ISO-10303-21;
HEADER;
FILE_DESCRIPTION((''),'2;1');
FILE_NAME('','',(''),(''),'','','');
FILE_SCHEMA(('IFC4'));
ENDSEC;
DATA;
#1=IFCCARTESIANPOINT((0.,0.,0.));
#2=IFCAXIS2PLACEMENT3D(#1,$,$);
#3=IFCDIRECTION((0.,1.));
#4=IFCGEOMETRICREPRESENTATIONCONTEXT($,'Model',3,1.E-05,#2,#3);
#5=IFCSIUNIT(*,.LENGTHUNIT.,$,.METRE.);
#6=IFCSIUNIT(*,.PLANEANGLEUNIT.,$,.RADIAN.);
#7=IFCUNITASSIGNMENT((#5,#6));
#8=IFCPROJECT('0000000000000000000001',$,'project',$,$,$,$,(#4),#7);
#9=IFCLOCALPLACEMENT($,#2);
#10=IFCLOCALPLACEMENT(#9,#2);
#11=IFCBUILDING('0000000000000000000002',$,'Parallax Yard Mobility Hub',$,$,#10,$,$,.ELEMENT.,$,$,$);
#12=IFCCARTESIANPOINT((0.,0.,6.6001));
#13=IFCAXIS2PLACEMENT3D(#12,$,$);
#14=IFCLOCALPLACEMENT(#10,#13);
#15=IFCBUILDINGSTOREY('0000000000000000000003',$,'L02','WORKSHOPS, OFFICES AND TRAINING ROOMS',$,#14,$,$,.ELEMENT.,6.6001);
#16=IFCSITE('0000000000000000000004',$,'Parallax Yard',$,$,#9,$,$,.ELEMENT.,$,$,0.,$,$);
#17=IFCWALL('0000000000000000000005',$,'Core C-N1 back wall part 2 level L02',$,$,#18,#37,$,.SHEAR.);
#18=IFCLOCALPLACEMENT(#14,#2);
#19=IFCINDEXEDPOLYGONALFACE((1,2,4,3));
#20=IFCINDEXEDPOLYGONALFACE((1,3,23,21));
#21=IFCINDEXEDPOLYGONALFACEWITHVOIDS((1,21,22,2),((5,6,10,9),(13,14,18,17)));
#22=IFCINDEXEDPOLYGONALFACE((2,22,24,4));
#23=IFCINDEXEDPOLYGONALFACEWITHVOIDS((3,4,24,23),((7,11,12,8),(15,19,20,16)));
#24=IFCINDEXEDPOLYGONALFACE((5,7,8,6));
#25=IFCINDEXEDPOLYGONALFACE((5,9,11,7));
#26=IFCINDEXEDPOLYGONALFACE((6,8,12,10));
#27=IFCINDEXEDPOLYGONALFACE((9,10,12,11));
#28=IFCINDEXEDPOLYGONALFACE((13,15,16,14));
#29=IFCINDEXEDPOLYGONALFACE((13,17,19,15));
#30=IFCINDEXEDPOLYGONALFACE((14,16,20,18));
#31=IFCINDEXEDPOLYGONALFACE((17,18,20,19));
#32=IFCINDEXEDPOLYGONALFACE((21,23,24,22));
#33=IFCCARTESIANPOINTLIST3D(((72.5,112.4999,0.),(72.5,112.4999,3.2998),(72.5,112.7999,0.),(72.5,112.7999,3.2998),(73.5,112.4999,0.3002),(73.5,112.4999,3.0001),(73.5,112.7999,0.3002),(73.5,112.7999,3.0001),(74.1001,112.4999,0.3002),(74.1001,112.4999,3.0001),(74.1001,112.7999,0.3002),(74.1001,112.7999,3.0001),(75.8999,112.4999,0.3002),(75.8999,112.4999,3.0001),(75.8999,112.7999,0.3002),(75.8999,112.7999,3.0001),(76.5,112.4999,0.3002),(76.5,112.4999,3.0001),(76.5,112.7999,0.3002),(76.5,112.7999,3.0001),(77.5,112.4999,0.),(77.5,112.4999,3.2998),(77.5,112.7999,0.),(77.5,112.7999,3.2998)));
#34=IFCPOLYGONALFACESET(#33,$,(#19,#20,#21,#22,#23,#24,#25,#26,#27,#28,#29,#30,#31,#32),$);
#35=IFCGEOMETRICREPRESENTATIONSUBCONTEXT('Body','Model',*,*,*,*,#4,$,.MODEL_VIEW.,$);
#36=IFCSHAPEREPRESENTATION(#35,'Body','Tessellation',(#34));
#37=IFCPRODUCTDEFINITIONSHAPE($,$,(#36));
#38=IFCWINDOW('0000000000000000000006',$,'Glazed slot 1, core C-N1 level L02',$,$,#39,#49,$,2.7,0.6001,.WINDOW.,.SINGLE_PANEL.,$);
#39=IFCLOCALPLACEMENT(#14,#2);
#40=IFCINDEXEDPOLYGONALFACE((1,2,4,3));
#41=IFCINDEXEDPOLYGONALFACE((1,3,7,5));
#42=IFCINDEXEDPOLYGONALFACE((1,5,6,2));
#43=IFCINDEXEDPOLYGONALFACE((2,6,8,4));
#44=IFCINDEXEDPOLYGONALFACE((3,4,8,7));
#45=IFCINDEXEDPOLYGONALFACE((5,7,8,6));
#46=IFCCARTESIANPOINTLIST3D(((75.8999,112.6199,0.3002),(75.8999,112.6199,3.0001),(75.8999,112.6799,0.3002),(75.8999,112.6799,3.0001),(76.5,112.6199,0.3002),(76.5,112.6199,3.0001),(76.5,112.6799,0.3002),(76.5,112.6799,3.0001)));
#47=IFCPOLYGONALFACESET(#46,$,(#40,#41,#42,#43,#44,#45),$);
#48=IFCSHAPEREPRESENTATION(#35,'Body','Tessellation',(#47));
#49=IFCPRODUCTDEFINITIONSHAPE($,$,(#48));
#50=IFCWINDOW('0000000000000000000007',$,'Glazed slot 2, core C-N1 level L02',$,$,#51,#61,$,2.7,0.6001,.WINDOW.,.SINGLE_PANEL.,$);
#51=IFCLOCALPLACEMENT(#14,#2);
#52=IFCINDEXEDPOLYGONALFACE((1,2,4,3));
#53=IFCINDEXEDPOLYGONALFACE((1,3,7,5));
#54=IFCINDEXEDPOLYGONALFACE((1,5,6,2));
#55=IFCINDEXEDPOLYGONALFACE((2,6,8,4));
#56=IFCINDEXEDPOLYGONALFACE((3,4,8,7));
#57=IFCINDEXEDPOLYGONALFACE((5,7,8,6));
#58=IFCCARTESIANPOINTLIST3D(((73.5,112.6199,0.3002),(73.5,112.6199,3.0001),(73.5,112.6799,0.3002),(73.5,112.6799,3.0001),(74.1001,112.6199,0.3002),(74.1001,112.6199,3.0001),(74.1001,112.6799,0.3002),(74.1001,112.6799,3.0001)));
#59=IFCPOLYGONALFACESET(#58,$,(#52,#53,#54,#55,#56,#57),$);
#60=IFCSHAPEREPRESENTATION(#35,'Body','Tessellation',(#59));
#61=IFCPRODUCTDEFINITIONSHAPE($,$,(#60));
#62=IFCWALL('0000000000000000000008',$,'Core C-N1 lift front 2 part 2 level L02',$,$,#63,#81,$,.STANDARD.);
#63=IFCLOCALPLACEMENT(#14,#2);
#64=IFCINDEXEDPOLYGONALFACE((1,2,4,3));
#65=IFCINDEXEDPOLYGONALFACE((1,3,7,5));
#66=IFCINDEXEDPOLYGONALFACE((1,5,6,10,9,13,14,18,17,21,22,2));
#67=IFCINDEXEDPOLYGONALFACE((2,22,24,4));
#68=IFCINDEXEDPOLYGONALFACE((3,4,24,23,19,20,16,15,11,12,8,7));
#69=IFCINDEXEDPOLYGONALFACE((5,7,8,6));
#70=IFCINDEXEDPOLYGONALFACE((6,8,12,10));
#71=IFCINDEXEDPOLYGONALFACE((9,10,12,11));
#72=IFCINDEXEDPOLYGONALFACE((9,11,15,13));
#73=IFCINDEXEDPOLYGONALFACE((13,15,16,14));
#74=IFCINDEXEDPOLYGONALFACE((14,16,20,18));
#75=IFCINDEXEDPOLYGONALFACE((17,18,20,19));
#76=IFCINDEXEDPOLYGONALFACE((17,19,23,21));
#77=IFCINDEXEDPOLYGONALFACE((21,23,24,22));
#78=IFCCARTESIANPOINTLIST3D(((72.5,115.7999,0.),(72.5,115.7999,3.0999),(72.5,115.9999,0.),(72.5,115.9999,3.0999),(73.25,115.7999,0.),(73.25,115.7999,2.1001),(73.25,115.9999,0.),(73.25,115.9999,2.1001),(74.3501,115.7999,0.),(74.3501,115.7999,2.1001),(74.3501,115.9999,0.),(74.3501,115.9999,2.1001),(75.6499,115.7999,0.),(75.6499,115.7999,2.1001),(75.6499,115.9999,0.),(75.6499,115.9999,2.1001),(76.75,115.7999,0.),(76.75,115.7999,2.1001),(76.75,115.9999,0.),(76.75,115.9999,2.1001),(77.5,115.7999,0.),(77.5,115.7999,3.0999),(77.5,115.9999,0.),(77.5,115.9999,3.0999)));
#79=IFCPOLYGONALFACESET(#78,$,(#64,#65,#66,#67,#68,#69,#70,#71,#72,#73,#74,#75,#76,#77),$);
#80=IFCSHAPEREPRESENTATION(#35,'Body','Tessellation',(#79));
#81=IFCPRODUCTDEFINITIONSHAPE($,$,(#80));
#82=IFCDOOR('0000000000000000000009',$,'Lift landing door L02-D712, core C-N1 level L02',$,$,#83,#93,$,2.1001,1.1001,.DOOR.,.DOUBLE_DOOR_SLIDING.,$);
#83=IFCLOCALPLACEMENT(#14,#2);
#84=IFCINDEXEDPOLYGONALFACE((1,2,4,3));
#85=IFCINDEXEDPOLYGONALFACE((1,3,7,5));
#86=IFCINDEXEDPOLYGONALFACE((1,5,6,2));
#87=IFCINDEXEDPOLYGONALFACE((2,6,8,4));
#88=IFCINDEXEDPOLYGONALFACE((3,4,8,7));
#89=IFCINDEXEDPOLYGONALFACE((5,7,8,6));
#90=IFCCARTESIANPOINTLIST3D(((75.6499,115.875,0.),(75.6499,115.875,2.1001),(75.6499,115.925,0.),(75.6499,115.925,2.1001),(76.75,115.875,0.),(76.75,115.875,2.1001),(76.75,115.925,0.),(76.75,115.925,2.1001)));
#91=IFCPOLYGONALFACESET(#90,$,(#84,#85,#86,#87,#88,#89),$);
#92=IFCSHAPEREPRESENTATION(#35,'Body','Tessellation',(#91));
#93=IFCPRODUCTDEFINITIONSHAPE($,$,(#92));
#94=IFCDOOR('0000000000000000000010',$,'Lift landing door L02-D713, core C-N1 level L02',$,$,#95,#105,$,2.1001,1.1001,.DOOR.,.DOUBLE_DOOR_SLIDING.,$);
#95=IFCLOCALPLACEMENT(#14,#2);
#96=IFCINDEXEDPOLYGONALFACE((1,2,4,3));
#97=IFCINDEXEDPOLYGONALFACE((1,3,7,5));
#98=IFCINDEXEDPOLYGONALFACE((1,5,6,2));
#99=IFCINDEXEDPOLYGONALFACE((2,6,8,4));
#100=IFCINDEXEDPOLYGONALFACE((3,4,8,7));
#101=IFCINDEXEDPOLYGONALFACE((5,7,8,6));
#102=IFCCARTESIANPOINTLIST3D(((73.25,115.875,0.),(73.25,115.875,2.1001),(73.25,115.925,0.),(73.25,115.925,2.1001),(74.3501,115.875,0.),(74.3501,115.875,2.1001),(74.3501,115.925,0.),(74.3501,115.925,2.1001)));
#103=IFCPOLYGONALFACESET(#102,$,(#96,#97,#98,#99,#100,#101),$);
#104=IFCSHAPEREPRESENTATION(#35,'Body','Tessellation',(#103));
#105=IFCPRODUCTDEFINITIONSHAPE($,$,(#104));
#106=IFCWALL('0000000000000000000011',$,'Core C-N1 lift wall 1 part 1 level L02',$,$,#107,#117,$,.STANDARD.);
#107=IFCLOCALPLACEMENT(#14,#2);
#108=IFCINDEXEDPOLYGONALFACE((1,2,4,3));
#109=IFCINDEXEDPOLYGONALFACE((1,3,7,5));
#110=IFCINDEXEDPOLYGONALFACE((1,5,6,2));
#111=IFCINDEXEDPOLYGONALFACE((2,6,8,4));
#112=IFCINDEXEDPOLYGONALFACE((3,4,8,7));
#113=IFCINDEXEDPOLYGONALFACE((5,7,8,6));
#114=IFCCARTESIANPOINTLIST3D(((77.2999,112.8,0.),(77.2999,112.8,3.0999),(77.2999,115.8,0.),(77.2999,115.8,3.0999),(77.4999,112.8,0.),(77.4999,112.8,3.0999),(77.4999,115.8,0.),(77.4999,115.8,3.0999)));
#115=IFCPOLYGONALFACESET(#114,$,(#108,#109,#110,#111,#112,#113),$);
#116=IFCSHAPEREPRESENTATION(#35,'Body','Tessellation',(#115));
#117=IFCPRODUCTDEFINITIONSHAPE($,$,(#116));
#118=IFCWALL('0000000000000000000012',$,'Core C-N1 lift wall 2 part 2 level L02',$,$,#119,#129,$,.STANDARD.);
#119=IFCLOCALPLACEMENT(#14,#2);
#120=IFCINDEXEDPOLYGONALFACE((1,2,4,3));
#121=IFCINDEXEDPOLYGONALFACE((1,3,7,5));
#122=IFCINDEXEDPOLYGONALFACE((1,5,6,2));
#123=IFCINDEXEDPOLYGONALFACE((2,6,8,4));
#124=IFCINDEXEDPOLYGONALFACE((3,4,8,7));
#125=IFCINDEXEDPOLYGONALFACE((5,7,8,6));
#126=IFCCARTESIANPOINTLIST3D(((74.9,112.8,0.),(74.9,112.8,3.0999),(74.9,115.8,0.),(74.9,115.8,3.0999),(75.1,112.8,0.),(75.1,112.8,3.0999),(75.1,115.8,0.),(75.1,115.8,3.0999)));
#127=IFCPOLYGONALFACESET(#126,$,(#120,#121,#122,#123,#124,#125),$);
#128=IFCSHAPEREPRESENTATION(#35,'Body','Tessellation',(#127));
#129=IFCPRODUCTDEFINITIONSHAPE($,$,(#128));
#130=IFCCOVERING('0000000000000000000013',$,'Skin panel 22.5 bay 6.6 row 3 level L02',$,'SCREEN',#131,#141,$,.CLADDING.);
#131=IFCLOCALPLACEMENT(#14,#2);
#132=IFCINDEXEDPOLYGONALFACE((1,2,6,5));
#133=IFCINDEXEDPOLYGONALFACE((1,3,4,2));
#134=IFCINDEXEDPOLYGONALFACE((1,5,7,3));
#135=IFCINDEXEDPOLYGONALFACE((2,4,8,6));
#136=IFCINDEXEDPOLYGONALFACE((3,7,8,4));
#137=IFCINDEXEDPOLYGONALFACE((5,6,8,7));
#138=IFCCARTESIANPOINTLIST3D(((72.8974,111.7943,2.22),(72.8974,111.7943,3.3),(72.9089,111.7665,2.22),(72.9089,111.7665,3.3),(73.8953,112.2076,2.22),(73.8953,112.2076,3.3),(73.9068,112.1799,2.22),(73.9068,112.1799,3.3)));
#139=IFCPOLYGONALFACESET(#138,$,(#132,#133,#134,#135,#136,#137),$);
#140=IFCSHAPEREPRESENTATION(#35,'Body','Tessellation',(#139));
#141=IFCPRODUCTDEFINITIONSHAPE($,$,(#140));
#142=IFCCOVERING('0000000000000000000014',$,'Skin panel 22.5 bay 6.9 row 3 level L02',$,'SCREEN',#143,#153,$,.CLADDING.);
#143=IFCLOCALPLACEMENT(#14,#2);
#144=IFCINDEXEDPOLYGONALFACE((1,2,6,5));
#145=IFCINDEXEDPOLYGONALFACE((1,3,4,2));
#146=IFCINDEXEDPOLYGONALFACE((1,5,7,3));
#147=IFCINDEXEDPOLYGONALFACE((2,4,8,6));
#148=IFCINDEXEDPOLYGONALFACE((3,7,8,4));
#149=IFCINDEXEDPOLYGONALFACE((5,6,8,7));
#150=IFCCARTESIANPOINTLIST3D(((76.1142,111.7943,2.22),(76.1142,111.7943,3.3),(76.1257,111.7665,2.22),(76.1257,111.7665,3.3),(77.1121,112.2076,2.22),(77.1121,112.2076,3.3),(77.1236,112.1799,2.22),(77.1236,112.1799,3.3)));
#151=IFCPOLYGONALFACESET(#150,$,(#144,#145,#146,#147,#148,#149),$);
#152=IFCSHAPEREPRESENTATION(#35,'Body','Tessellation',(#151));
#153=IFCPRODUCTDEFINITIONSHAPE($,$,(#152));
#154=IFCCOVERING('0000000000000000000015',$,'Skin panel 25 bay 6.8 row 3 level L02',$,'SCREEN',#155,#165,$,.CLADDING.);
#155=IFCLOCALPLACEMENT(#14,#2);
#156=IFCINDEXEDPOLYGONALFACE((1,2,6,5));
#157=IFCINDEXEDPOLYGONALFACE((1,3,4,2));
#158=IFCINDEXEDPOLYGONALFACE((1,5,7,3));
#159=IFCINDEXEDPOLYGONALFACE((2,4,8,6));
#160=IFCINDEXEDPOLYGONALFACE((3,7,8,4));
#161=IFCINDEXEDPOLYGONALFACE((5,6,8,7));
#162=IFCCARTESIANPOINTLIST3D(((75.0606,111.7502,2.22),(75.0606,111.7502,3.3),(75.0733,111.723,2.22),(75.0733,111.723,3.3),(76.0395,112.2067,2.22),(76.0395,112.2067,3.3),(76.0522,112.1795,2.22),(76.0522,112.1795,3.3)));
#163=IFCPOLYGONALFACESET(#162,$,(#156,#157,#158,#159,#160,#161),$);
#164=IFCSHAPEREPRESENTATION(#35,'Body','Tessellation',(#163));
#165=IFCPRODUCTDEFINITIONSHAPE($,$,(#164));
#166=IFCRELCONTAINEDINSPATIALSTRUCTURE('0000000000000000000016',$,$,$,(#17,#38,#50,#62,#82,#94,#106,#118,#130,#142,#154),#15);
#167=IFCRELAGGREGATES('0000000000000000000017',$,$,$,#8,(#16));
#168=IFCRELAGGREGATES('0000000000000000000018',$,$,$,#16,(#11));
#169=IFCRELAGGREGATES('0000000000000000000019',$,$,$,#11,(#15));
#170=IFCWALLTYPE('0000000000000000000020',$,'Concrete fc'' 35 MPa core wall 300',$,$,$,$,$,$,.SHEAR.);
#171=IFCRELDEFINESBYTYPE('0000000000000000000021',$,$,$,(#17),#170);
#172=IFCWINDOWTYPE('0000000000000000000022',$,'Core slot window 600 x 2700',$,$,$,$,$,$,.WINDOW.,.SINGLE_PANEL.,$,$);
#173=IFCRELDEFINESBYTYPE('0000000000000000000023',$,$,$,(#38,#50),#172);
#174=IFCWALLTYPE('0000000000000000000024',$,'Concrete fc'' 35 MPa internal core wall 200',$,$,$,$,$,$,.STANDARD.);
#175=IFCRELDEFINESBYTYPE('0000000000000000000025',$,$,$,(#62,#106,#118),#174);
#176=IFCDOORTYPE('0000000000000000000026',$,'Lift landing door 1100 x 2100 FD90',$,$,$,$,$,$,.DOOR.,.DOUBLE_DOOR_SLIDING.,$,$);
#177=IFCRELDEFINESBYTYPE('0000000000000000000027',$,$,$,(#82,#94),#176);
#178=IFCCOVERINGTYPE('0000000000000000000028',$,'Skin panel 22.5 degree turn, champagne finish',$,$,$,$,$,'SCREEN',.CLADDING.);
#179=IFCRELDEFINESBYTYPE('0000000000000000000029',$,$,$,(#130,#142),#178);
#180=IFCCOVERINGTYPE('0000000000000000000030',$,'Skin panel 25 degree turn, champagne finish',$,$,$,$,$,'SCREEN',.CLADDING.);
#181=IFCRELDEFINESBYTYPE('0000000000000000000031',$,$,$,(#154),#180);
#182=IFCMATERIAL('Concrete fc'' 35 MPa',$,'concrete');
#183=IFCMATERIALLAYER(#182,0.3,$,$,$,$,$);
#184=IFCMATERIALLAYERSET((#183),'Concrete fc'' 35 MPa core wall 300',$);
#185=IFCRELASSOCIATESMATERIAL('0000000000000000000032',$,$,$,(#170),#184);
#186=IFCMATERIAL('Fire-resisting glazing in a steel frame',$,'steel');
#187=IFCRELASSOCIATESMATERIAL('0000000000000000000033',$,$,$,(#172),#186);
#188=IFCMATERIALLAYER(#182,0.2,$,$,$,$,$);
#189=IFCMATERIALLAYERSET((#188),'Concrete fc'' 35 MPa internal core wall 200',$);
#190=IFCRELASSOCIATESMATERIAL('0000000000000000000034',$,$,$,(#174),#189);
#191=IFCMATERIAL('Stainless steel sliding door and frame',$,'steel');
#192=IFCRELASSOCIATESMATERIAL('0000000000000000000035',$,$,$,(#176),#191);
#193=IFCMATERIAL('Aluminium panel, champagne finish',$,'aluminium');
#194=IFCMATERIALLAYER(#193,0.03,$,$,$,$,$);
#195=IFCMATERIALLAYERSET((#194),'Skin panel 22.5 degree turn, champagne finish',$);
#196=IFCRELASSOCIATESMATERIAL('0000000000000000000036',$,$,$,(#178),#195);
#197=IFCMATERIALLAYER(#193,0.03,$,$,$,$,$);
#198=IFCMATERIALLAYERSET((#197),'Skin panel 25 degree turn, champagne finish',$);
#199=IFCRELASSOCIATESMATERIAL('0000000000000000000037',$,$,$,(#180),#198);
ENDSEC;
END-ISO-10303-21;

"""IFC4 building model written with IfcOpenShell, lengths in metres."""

from ifc_helpers import new_model, si_unit, direction, frame, frame_2d, origin, origin_2d, place, context, subcontext, project, spatial, rectangle, extrude, material, layer, layer_set, type_object, element, fill, save


model = new_model("IFC4")

# Units and contexts
model_context = context("Model", 3, precision=1e-05, world=origin(), true_north=direction((0.0, 1.0)))
body_context = subcontext(model_context, "Body", "Model", "MODEL_VIEW")
ifc_project = project(units=[si_unit("LENGTHUNIT", "METRE"), si_unit("PLANEANGLEUNIT", "RADIAN")], contexts=[model_context])

# Site, building, storey
site_placement = place(None, origin())
site = spatial("IfcSite", under=ifc_project, at=site_placement, Name="Parallax Yard", CompositionType="ELEMENT", RefElevation=0.0)
building_placement = place(site_placement, origin())
building = spatial("IfcBuilding", under=site, at=building_placement, Name="Parallax Yard Mobility Hub", CompositionType="ELEMENT")
storey_placement = place(building_placement, frame((0.0, 0.0, 6.6001)))
storey = spatial("IfcBuildingStorey", under=building, at=storey_placement, Name="L02", Description="WORKSHOPS, OFFICES AND TRAINING ROOMS", CompositionType="ELEMENT", Elevation=6.6001)

# Wall, openings, windows
ifc_material_1 = material(Name="Concrete fc' 35 MPa", Category="concrete")
ifc_layer_1 = layer(ifc_material_1, 0.3)
ifc_layer_set_1 = layer_set([ifc_layer_1], Name="Concrete fc' 35 MPa core wall 300")
wall_type_1 = type_object("IfcWallType", Name="Concrete fc' 35 MPa core wall 300", PredefinedType="SHEAR", material=ifc_layer_set_1)
wall_1_placement = place(storey_placement, frame((77.5, 112.6499, 0.0), z_axis=(0.0, 0.0, 1.0), x_axis=(-1.0, 0.0, 0.0)))
wall_1 = element("IfcWall", 1, at=wall_1_placement, inside=storey, type_object=wall_type_1, Name="Core C-N1 back wall part 2 level L02", PredefinedType="SHEAR", context=body_context, shape_type="SweptSolid", body=[
    extrude(rectangle(XDim=5.0, YDim=0.3, at=frame_2d((2.5, 0.0))), origin(), (0.0, 0.0, 1.0), 3.2998),
])
opening_1_placement = place(wall_1_placement, frame((1.0, 0.0, 0.3)))
opening_1 = element("IfcOpeningElement", 2, at=opening_1_placement, cuts=wall_1, PredefinedType="OPENING", context=body_context, shape_type="SweptSolid", body=[
    extrude(rectangle(XDim=0.6001, YDim=2.7, at=frame_2d((0.3, 1.3501))), frame((0.0, 0.1602, 0.0), z_axis=(0.0, -1.0, 0.0), x_axis=(1.0, 0.0, 0.0)), (0.0, 0.0, 1.0), 0.3201),
])
opening_2_placement = place(wall_1_placement, frame((3.3999, 0.0, 0.3)))
opening_2 = element("IfcOpeningElement", 3, at=opening_2_placement, cuts=wall_1, PredefinedType="OPENING", context=body_context, shape_type="SweptSolid", body=[
    extrude(rectangle(XDim=0.6001, YDim=2.7, at=frame_2d((0.3, 1.3501))), frame((0.0, 0.1602, 0.0), z_axis=(0.0, -1.0, 0.0), x_axis=(1.0, 0.0, 0.0)), (0.0, 0.0, 1.0), 0.3201),
])
ifc_material_2 = material(Name="Fire-resisting glazing in a steel frame", Category="steel")
window_type = type_object("IfcWindowType", Name="Core slot window 600 x 2700", PartitioningType="SINGLE_PANEL", PredefinedType="WINDOW", material=ifc_material_2)
window_1_placement = place(opening_1_placement, origin())
window_1 = element("IfcWindow", 4, at=window_1_placement, inside=storey, type_object=window_type, Name="Glazed slot 1, core C-N1 level L02", OverallHeight=2.7, OverallWidth=0.6001, PartitioningType="SINGLE_PANEL", PredefinedType="WINDOW", context=body_context, shape_type="SweptSolid", body=[
    extrude(rectangle(XDim=0.6001, YDim=2.7, at=frame_2d((0.3, 1.3501))), frame((0.0, 0.03, 0.0), z_axis=(0.0, -1.0, 0.0), x_axis=(1.0, 0.0, 0.0)), (0.0, 0.0, 1.0), 0.0601),
])
fill(opening_1, window_1)
window_2_placement = place(opening_2_placement, origin())
window_2 = element("IfcWindow", 5, at=window_2_placement, inside=storey, type_object=window_type, Name="Glazed slot 2, core C-N1 level L02", OverallHeight=2.7, OverallWidth=0.6001, PartitioningType="SINGLE_PANEL", PredefinedType="WINDOW", context=body_context, shape_type="SweptSolid", body=[
    extrude(rectangle(XDim=0.6001, YDim=2.7, at=frame_2d((0.3, 1.3501))), frame((0.0, 0.03, 0.0), z_axis=(0.0, -1.0, 0.0), x_axis=(1.0, 0.0, 0.0)), (0.0, 0.0, 1.0), 0.0601),
])
fill(opening_2, window_2)

# Wall, openings, doors
ifc_layer_2 = layer(ifc_material_1, 0.2)
ifc_layer_set_2 = layer_set([ifc_layer_2], Name="Concrete fc' 35 MPa internal core wall 200")
wall_type_2 = type_object("IfcWallType", Name="Concrete fc' 35 MPa internal core wall 200", PredefinedType="STANDARD", material=ifc_layer_set_2)
wall_2_placement = place(storey_placement, frame((77.5, 115.8999, 0.0), z_axis=(0.0, 0.0, 1.0), x_axis=(-1.0, 0.0, 0.0)))
wall_2 = element("IfcWall", 6, at=wall_2_placement, inside=storey, type_object=wall_type_2, Name="Core C-N1 lift front 2 part 2 level L02", PredefinedType="STANDARD", context=body_context, shape_type="SweptSolid", body=[
    extrude(rectangle(XDim=5.0, YDim=0.2, at=frame_2d((2.5, 0.0))), origin(), (0.0, 0.0, 1.0), 3.0999),
])
opening_3_placement = place(wall_2_placement, frame((0.75, 0.0, 0.0)))
opening_3 = element("IfcOpeningElement", 7, at=opening_3_placement, cuts=wall_2, PredefinedType="OPENING", context=body_context, shape_type="SweptSolid", body=[
    extrude(rectangle(XDim=1.1001, YDim=2.1001, at=frame_2d((0.55, 1.05))), frame((0.0, 0.1099, 0.0), z_axis=(0.0, -1.0, 0.0), x_axis=(1.0, 0.0, 0.0)), (0.0, 0.0, 1.0), 0.22),
])
opening_4_placement = place(wall_2_placement, frame((3.1499, 0.0, 0.0)))
opening_4 = element("IfcOpeningElement", 8, at=opening_4_placement, cuts=wall_2, PredefinedType="OPENING", context=body_context, shape_type="SweptSolid", body=[
    extrude(rectangle(XDim=1.1001, YDim=2.1001, at=frame_2d((0.55, 1.05))), frame((0.0, 0.1099, 0.0), z_axis=(0.0, -1.0, 0.0), x_axis=(1.0, 0.0, 0.0)), (0.0, 0.0, 1.0), 0.22),
])
ifc_material_3 = material(Name="Stainless steel sliding door and frame", Category="steel")
door_type = type_object("IfcDoorType", Name="Lift landing door 1100 x 2100 FD90", OperationType="DOUBLE_DOOR_SLIDING", PredefinedType="DOOR", material=ifc_material_3)
door_1_placement = place(opening_3_placement, origin())
door_1 = element("IfcDoor", 9, at=door_1_placement, inside=storey, type_object=door_type, Name="Lift landing door L02-D712, core C-N1 level L02", OperationType="DOUBLE_DOOR_SLIDING", OverallHeight=2.1001, OverallWidth=1.1001, PredefinedType="DOOR", context=body_context, shape_type="SweptSolid", body=[
    extrude(rectangle(XDim=1.1001, YDim=2.1001, at=frame_2d((0.55, 1.05))), frame((0.0, 0.0249, 0.0), z_axis=(0.0, -1.0, 0.0), x_axis=(1.0, 0.0, 0.0)), (0.0, 0.0, 1.0), 0.05),
])
fill(opening_3, door_1)
door_2_placement = place(opening_4_placement, origin())
door_2 = element("IfcDoor", 10, at=door_2_placement, inside=storey, type_object=door_type, Name="Lift landing door L02-D713, core C-N1 level L02", OperationType="DOUBLE_DOOR_SLIDING", OverallHeight=2.1001, OverallWidth=1.1001, PredefinedType="DOOR", context=body_context, shape_type="SweptSolid", body=[
    extrude(rectangle(XDim=1.1001, YDim=2.1001, at=frame_2d((0.55, 1.05))), frame((0.0, 0.0249, 0.0), z_axis=(0.0, -1.0, 0.0), x_axis=(1.0, 0.0, 0.0)), (0.0, 0.0, 1.0), 0.05),
])
fill(opening_4, door_2)

# Walls
for number, where, z_axis, x_axis, name in (
    (11, (77.3999, 115.8, 0.0), (0.0, 0.0, 1.0), (0.0, -1.0, 0.0), "Core C-N1 lift wall 1 part 1 level L02"),
    (12, (75.0, 115.8, 0.0), (0.0, 0.0, 1.0), (0.0, -1.0, 0.0), "Core C-N1 lift wall 2 part 2 level L02"),
):
    element("IfcWall", number, at=place(storey_placement, frame(where, z_axis=z_axis, x_axis=x_axis)), inside=storey, type_object=wall_type_2, Name=name, PredefinedType="STANDARD", context=body_context, shape_type="SweptSolid", body=[
        extrude(rectangle(XDim=3.0, YDim=0.2, at=frame_2d((1.5, 0.0))), origin(), (0.0, 0.0, 1.0), 3.0999),
    ])

# Coverings
ifc_material_4 = material(Name="Aluminium panel, champagne finish", Category="aluminium")
ifc_layer_3 = layer(ifc_material_4, 0.03)
ifc_layer_set_3 = layer_set([ifc_layer_3], Name="Skin panel 22.5 degree turn, champagne finish")
covering_type_1 = type_object("IfcCoveringType", Name="Skin panel 22.5 degree turn, champagne finish", ElementType="SCREEN", PredefinedType="CLADDING", material=ifc_layer_set_3)
for number, where, z_axis, x_axis, name in (
    (13, (73.4021, 111.9871, 2.22), (0.0, 0.0, 1.0), (-0.92388, -0.382683, 0.0), "Skin panel 22.5 bay 6.6 row 3 level L02"),
    (14, (76.6189, 111.9871, 2.22), (0.0, 0.0, 1.0), (-0.92388, -0.382683, 0.0), "Skin panel 22.5 bay 6.9 row 3 level L02"),
):
    element("IfcCovering", number, at=place(storey_placement, frame(where, z_axis=z_axis, x_axis=x_axis)), inside=storey, type_object=covering_type_1, Name=name, ObjectType="SCREEN", PredefinedType="CLADDING", context=body_context, shape_type="SweptSolid", body=[
        extrude(rectangle(XDim=1.0801, YDim=0.03, at=origin_2d()), origin(), (0.0, 0.0, 1.0), 1.0801),
    ])
ifc_layer_4 = layer(ifc_material_4, 0.03)
ifc_layer_set_4 = layer_set([ifc_layer_4], Name="Skin panel 25 degree turn, champagne finish")
covering_type_2 = type_object("IfcCoveringType", Name="Skin panel 25 degree turn, champagne finish", ElementType="SCREEN", PredefinedType="CLADDING", material=ifc_layer_set_4)
covering_placement = place(storey_placement, frame((75.5564, 111.9648, 2.22), z_axis=(0.0, 0.0, 1.0), x_axis=(-0.906308, -0.422618, 0.0)))
element("IfcCovering", 15, at=covering_placement, inside=storey, type_object=covering_type_2, Name="Skin panel 25 bay 6.8 row 3 level L02", ObjectType="SCREEN", PredefinedType="CLADDING", context=body_context, shape_type="SweptSolid", body=[
    extrude(rectangle(XDim=1.0801, YDim=0.03, at=origin_2d()), origin(), (0.0, 0.0, 1.0), 1.0801),
])

save(model, "model.ifc")
